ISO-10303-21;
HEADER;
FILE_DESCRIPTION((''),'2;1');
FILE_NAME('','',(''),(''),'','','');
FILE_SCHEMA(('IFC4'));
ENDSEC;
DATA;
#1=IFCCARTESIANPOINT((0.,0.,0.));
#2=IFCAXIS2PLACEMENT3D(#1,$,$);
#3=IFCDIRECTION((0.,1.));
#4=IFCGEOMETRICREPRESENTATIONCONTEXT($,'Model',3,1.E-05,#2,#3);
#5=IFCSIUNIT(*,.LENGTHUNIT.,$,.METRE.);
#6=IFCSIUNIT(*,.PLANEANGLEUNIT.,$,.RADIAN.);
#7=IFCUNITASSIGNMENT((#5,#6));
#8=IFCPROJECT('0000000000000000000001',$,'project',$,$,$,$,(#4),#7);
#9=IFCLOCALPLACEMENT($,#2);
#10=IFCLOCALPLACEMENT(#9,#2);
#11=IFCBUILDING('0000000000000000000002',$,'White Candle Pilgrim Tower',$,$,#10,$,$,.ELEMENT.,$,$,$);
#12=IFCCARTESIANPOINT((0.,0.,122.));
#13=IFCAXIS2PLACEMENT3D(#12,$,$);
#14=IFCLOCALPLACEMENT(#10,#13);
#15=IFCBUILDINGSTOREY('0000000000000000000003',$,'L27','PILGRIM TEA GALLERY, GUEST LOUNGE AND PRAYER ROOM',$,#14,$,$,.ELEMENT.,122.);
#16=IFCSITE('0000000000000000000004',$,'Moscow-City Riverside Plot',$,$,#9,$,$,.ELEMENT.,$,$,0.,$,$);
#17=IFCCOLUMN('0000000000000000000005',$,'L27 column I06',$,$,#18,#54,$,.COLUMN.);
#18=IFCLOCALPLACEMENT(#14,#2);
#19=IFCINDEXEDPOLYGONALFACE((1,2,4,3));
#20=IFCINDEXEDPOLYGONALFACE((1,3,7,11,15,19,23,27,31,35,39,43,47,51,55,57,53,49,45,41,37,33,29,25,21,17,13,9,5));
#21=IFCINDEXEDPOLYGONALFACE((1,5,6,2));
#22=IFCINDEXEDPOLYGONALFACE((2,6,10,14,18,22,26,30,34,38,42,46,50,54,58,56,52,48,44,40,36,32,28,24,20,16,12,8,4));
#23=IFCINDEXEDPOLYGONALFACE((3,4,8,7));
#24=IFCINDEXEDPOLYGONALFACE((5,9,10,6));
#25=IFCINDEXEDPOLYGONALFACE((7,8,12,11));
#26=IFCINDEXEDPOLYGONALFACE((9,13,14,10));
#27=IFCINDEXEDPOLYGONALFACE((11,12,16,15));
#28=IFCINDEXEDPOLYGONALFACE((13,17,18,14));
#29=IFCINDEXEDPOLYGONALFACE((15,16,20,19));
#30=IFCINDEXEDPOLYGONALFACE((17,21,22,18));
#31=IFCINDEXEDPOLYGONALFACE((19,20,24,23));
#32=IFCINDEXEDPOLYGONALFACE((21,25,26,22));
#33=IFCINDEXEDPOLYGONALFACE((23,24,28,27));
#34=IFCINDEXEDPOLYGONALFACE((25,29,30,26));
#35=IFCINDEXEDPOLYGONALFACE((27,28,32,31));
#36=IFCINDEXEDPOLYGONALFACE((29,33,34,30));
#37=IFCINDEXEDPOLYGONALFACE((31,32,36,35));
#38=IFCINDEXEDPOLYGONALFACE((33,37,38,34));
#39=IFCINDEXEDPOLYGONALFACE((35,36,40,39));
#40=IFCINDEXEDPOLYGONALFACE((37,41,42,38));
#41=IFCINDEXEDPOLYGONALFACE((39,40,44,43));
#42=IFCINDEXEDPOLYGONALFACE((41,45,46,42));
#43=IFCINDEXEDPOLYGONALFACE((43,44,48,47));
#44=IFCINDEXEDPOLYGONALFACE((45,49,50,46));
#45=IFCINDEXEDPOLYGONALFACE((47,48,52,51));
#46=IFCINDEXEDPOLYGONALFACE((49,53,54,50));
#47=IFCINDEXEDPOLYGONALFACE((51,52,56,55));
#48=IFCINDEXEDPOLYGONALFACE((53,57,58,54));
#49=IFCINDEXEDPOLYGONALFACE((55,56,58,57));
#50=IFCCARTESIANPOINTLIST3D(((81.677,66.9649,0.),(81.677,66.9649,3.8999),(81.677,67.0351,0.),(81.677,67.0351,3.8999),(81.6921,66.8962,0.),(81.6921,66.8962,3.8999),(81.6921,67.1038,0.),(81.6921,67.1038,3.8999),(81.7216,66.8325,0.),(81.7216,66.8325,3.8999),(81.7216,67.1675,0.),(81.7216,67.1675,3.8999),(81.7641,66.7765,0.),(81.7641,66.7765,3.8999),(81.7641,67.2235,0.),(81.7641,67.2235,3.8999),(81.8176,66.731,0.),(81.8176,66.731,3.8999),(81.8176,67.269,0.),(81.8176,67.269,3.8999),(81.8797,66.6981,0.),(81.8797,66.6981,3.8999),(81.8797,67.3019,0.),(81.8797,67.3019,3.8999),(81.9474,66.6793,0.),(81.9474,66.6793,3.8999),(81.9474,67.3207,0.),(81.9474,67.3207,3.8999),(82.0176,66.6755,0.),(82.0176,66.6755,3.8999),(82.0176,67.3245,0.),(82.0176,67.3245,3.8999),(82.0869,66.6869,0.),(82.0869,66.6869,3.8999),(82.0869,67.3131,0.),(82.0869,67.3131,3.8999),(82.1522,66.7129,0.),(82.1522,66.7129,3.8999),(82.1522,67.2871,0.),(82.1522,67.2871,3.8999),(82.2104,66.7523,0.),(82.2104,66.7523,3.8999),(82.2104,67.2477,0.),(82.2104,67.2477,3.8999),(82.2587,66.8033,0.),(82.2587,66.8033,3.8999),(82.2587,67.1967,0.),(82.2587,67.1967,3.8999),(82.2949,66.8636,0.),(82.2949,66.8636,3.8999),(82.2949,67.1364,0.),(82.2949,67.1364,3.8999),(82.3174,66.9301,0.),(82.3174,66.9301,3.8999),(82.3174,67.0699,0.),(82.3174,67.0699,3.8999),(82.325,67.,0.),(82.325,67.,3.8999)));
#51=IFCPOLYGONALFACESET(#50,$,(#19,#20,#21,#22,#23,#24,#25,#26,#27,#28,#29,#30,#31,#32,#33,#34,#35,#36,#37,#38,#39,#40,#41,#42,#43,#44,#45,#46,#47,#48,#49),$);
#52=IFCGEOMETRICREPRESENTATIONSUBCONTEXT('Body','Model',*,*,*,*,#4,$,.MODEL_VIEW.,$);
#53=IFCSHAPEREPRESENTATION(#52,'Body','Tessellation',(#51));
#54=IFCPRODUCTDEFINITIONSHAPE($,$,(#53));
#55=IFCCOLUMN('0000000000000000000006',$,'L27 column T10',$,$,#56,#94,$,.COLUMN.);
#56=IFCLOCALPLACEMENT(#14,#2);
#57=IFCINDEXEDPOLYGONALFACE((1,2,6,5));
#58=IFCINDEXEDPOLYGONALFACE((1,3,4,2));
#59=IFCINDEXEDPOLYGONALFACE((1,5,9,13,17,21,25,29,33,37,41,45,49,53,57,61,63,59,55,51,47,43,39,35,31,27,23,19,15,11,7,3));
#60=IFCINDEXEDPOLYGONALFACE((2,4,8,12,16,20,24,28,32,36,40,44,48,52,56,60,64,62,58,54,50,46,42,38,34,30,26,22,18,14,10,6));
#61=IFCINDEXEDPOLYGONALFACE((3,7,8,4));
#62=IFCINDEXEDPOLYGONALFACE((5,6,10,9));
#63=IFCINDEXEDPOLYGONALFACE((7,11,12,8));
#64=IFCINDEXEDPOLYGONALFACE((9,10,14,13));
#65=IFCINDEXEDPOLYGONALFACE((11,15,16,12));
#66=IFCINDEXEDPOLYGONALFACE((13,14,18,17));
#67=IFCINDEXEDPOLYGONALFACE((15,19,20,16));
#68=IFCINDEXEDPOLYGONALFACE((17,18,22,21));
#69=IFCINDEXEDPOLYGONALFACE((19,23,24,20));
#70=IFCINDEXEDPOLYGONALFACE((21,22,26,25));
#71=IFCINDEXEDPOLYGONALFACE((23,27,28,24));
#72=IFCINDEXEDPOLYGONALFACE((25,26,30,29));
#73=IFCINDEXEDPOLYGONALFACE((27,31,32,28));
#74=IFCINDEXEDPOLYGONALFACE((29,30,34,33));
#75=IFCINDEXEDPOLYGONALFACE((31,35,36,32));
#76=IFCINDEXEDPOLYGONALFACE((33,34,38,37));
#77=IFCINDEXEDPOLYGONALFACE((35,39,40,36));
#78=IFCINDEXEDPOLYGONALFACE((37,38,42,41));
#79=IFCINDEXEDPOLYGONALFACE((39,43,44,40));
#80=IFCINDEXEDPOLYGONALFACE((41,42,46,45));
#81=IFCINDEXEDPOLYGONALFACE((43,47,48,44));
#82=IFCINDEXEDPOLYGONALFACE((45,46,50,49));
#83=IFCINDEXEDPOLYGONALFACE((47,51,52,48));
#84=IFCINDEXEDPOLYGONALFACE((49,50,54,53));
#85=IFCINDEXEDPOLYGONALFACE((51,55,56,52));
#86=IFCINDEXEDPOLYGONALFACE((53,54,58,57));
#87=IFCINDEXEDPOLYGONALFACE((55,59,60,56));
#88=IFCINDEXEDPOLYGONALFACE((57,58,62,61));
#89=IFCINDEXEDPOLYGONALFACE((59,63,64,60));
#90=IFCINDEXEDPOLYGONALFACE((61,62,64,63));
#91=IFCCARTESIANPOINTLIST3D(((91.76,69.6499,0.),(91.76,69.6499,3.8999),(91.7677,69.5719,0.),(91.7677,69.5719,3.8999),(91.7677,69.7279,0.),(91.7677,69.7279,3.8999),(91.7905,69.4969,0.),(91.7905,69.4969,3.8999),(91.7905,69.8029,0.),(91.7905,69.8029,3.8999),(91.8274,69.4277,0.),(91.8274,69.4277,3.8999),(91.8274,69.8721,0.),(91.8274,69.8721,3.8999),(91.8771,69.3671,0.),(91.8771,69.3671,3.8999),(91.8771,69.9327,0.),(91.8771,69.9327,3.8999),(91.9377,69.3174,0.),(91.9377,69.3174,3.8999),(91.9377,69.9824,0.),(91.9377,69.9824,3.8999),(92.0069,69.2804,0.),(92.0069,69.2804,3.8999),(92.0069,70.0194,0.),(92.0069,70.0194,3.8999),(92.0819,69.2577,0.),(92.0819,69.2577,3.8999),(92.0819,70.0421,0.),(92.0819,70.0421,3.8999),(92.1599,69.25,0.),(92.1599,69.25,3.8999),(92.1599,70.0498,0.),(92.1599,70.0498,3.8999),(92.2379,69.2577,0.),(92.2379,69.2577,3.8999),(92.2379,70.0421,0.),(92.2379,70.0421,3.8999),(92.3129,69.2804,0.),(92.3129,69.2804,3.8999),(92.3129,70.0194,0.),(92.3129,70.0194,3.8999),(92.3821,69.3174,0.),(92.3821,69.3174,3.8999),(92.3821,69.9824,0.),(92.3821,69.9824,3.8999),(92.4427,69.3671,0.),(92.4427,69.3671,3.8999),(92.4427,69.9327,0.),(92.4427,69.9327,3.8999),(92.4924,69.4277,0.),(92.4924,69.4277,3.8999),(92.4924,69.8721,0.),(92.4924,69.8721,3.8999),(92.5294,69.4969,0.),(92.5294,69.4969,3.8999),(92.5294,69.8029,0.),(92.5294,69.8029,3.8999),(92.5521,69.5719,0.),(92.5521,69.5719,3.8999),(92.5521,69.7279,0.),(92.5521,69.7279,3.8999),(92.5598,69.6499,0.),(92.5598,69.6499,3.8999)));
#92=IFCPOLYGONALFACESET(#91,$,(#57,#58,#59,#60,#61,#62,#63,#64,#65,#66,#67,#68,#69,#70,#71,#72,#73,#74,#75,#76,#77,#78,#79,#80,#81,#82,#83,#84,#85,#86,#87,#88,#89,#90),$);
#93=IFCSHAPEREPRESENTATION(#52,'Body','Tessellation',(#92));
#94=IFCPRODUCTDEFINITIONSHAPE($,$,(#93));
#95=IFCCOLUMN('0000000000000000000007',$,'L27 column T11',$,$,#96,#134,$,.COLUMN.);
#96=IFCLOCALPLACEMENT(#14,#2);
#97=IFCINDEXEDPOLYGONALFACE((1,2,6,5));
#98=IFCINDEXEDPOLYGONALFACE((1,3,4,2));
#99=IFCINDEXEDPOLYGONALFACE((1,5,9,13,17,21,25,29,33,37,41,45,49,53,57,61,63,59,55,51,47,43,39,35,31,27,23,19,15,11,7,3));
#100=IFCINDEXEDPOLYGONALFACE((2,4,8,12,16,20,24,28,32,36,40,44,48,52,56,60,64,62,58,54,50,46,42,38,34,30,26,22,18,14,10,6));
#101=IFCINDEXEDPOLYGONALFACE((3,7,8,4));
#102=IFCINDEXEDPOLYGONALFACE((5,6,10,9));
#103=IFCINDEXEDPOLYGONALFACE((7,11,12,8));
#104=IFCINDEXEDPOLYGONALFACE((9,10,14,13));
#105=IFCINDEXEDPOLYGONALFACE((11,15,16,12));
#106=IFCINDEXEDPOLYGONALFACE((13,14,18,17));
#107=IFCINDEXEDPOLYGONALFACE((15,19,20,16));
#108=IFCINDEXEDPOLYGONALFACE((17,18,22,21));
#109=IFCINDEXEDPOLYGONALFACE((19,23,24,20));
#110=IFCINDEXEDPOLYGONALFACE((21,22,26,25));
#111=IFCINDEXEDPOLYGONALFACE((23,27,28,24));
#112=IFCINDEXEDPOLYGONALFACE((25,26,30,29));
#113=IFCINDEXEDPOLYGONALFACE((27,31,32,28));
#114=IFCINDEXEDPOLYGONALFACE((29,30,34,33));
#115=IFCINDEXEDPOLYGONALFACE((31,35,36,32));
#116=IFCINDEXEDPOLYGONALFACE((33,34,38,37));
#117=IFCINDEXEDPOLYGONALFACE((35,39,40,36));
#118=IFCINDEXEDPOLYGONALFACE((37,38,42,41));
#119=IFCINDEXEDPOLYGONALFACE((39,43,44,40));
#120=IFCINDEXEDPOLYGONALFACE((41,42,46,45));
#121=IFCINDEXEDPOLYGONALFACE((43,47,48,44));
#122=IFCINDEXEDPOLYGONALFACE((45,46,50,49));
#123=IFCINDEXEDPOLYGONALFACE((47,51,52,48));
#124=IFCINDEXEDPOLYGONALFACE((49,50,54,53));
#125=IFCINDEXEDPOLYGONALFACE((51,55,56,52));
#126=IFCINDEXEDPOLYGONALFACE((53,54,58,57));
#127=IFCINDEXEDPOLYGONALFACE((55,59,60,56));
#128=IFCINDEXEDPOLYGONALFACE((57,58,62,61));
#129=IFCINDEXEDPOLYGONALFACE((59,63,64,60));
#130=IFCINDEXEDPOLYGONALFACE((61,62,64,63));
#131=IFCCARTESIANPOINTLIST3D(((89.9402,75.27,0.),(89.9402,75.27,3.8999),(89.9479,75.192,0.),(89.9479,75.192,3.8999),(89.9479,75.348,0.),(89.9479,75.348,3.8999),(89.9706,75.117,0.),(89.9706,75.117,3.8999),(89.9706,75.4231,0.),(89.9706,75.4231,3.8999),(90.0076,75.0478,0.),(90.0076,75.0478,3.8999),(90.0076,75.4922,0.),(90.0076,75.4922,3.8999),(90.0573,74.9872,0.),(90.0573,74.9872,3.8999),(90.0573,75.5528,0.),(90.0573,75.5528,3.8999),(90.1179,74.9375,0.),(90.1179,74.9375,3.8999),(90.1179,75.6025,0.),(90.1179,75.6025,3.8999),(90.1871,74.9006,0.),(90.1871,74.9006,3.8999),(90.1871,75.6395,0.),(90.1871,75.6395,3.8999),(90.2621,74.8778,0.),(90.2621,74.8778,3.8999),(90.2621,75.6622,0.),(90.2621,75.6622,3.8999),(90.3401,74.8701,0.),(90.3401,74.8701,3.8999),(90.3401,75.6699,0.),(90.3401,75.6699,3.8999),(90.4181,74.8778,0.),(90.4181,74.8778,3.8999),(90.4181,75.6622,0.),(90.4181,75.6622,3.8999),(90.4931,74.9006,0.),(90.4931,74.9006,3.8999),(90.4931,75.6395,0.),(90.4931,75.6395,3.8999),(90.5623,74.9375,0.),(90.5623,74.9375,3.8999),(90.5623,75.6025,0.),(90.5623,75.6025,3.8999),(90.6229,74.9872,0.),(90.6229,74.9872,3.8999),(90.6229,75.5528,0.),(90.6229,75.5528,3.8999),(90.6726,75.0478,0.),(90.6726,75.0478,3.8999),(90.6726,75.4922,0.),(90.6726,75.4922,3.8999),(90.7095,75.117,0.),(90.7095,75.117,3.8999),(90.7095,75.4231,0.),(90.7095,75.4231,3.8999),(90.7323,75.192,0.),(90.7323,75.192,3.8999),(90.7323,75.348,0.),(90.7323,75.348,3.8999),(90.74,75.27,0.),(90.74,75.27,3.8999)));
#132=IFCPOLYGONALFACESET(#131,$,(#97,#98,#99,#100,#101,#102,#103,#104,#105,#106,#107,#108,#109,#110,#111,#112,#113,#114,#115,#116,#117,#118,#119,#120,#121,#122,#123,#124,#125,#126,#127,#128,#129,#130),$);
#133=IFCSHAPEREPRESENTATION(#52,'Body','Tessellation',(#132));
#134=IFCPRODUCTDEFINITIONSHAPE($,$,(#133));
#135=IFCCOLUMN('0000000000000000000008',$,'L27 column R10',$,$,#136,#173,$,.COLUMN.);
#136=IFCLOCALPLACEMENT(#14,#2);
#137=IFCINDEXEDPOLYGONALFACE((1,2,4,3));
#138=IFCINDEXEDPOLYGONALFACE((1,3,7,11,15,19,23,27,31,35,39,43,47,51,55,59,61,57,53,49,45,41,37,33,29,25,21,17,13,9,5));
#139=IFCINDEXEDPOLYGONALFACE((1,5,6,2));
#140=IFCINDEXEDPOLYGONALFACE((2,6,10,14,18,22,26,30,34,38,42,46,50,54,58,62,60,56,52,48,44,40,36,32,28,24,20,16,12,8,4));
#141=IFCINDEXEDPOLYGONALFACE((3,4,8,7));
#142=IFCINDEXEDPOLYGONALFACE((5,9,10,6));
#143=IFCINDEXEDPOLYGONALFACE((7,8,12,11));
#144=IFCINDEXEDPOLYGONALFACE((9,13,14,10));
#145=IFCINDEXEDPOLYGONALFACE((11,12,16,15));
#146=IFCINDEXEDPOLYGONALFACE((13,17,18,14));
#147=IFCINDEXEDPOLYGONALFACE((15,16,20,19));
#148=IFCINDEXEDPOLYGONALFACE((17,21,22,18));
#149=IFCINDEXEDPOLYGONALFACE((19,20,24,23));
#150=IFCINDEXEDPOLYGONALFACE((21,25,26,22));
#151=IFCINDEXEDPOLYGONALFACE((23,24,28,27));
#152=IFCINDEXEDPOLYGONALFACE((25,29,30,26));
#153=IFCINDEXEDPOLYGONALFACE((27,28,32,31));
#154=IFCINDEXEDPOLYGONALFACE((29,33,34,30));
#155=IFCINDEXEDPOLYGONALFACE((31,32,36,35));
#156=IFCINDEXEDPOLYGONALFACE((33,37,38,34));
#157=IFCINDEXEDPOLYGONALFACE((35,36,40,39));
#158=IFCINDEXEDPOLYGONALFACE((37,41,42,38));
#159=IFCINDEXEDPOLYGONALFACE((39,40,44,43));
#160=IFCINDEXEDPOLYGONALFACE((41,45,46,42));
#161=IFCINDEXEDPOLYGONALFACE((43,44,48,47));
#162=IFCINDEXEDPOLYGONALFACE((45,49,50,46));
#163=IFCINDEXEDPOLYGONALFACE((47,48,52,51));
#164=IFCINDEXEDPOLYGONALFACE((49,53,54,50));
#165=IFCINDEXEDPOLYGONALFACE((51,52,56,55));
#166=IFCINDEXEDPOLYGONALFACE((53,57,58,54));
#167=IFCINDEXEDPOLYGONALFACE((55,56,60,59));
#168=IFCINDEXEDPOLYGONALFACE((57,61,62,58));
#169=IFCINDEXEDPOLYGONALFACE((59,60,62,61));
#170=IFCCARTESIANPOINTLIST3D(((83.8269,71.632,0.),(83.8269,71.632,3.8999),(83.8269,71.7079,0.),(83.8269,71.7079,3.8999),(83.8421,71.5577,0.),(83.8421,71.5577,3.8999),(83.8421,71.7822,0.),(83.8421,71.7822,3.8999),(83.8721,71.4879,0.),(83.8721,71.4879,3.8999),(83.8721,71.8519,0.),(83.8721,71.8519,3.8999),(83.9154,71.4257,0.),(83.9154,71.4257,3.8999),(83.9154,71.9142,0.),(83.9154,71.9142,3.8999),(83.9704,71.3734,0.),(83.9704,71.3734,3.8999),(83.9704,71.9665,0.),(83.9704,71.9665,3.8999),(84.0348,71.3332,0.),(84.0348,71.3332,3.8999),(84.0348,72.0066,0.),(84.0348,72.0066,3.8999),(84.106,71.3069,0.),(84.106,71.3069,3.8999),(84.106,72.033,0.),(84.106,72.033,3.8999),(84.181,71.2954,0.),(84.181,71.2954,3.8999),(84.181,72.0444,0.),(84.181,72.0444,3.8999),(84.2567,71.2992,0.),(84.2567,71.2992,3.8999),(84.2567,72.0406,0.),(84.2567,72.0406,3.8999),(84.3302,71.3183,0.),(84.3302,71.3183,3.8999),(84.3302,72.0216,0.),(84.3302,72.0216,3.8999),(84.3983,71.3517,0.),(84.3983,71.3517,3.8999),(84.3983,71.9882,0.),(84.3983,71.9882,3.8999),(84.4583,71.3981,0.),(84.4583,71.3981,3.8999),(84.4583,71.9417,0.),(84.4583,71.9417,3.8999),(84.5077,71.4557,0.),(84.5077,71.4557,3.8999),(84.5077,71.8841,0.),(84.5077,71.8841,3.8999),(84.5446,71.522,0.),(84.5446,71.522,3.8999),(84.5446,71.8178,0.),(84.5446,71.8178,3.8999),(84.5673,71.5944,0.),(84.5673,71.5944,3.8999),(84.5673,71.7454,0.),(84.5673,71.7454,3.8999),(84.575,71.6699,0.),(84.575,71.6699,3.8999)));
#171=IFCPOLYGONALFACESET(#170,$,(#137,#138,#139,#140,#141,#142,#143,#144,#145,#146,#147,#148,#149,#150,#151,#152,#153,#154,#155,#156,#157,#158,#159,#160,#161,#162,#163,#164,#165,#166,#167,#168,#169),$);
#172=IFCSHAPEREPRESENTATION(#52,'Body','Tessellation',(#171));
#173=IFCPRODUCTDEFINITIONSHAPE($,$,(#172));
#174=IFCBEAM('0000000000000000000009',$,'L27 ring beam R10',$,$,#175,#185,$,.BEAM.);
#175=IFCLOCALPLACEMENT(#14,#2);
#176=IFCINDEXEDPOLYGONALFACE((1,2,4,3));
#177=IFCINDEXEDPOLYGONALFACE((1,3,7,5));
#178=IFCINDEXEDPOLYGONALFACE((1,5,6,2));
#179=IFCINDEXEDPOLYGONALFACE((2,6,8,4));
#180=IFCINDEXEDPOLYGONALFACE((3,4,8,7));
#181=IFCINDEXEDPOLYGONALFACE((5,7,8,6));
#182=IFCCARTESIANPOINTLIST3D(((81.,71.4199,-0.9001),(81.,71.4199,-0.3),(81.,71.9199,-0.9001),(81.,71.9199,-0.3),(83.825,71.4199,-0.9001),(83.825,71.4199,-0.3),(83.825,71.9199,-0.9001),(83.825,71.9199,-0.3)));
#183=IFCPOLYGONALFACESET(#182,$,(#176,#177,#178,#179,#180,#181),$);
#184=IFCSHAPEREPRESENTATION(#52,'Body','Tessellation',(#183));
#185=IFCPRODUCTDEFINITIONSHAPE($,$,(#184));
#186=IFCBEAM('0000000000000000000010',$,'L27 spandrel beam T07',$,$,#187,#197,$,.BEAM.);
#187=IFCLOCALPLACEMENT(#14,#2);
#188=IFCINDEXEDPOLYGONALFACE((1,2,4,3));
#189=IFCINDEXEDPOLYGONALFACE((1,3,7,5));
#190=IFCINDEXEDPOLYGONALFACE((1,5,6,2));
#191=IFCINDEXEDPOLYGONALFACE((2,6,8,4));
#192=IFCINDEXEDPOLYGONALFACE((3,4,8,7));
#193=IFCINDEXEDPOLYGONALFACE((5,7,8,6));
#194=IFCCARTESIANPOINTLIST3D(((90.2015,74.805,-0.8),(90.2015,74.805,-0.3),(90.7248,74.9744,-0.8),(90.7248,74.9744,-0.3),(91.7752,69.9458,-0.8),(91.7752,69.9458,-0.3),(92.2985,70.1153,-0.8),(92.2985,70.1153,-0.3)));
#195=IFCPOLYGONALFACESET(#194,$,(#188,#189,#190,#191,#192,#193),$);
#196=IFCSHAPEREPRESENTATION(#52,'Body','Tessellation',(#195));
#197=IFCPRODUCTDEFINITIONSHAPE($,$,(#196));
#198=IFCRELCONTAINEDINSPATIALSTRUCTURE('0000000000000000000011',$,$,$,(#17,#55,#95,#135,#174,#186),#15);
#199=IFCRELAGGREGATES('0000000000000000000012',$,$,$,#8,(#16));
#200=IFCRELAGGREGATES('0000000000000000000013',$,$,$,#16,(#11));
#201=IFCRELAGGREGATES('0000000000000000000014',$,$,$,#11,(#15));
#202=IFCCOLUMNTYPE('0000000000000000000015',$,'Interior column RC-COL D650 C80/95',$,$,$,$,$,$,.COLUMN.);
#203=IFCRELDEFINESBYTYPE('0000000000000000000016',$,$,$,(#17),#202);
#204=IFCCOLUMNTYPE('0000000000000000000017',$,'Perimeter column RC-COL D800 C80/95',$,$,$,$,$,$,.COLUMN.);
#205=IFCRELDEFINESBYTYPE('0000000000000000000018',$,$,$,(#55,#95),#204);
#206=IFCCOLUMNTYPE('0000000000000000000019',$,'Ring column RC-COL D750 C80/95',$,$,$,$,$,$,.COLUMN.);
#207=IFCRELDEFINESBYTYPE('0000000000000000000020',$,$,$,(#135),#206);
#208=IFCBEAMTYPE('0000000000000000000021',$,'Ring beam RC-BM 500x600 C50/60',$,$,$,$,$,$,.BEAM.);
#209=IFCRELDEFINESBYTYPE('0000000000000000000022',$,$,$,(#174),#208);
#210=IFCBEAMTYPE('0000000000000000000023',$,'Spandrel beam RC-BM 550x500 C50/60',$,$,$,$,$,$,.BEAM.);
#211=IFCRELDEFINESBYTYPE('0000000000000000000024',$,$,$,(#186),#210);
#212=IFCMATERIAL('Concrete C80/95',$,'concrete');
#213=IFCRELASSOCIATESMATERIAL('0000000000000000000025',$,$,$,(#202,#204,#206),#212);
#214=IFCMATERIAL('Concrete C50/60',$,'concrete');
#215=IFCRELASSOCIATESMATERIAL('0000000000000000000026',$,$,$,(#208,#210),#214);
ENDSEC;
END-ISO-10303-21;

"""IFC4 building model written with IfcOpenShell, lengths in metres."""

from ifc_helpers import new_model, si_unit, direction, frame, origin, origin_2d, place, context, subcontext, project, spatial, rectangle, circle, extrude, material, material_profile, profile_set, type_object, element, save


model = new_model("IFC4")

# Units and contexts
model_context = context("Model", 3, precision=1e-05, world=origin(), true_north=direction((0.0, 1.0)))
body_context = subcontext(model_context, "Body", "Model", "MODEL_VIEW")
ifc_project = project(units=[si_unit("LENGTHUNIT", "METRE"), si_unit("PLANEANGLEUNIT", "RADIAN")], contexts=[model_context])

# Site, building, storey
site_placement = place(None, origin())
site = spatial("IfcSite", under=ifc_project, at=site_placement, Name="Moscow-City Riverside Plot", CompositionType="ELEMENT", RefElevation=0.0)
building_placement = place(site_placement, origin())
building = spatial("IfcBuilding", under=site, at=building_placement, Name="White Candle Pilgrim Tower", CompositionType="ELEMENT")
storey_placement = place(building_placement, frame((0.0, 0.0, 122.0)))
storey = spatial("IfcBuildingStorey", under=building, at=storey_placement, Name="L27", Description="PILGRIM TEA GALLERY, GUEST LOUNGE AND PRAYER ROOM", CompositionType="ELEMENT", Elevation=122.0)

# Columns
ifc_material_1 = material(Name="Concrete C80/95", Category="concrete")
ifc_material_profile_1 = material_profile(ifc_material_1, circle(Radius=0.325, at=origin_2d()), Name="RC-COL D650")
ifc_profile_set_1 = profile_set([ifc_material_profile_1], Name="Concrete C80/95")
column_type_1 = type_object("IfcColumnType", Name="Interior column RC-COL D650 C80/95", PredefinedType="COLUMN", material=ifc_profile_set_1)
column_1_placement = place(storey_placement, frame((82.0, 67.0, 0.0), z_axis=(0.0, 0.0, 1.0), x_axis=(1.0, 0.0, 0.0)))
element("IfcColumn", 1, at=column_1_placement, inside=storey, type_object=column_type_1, Name="L27 column I06", PredefinedType="COLUMN", context=body_context, shape_type="SweptSolid", body=[
    extrude(circle(Radius=0.325, at=origin_2d()), origin(), (0.0, 0.0, 1.0), 3.8999),
])
ifc_material_profile_2 = material_profile(ifc_material_1, circle(Radius=0.3999, at=origin_2d()), Name="RC-COL D800")
ifc_profile_set_2 = profile_set([ifc_material_profile_2], Name="Concrete C80/95")
column_type_2 = type_object("IfcColumnType", Name="Perimeter column RC-COL D800 C80/95", PredefinedType="COLUMN", material=ifc_profile_set_2)
for number, where, z_axis, x_axis, name in (
    (2, (92.1599, 69.6499, 0.0), (0.0, 0.0, 1.0), (1.0, 0.0, 0.0), "L27 column T10"),
    (3, (90.3401, 75.27, 0.0), (0.0, 0.0, 1.0), (1.0, 0.0, 0.0), "L27 column T11"),
):
    element("IfcColumn", number, at=place(storey_placement, frame(where, z_axis=z_axis, x_axis=x_axis)), inside=storey, type_object=column_type_2, Name=name, PredefinedType="COLUMN", context=body_context, shape_type="SweptSolid", body=[
        extrude(circle(Radius=0.3999, at=origin_2d()), origin(), (0.0, 0.0, 1.0), 3.8999),
    ])
ifc_material_profile_3 = material_profile(ifc_material_1, circle(Radius=0.375, at=origin_2d()), Name="RC-COL D750")
ifc_profile_set_3 = profile_set([ifc_material_profile_3], Name="Concrete C80/95")
column_type_3 = type_object("IfcColumnType", Name="Ring column RC-COL D750 C80/95", PredefinedType="COLUMN", material=ifc_profile_set_3)
column_2_placement = place(storey_placement, frame((84.2, 71.6699, 0.0), z_axis=(0.0, 0.0, 1.0), x_axis=(1.0, 0.0, 0.0)))
element("IfcColumn", 4, at=column_2_placement, inside=storey, type_object=column_type_3, Name="L27 column R10", PredefinedType="COLUMN", context=body_context, shape_type="SweptSolid", body=[
    extrude(circle(Radius=0.375, at=origin_2d()), origin(), (0.0, 0.0, 1.0), 3.8999),
])

# Beams
ifc_material_2 = material(Name="Concrete C50/60", Category="concrete")
ifc_material_profile_4 = material_profile(ifc_material_2, rectangle(XDim=0.5, YDim=0.6001, at=origin_2d()), Name="RC-BM 500x600")
ifc_profile_set_4 = profile_set([ifc_material_profile_4], Name="Concrete C50/60")
beam_type_1 = type_object("IfcBeamType", Name="Ring beam RC-BM 500x600 C50/60", PredefinedType="BEAM", material=ifc_profile_set_4)
beam_1_placement = place(storey_placement, frame((83.825, 71.6699, -0.6001), z_axis=(-1.0, 0.0, 0.0), x_axis=(0.0, -1.0, 0.0)))
element("IfcBeam", 5, at=beam_1_placement, inside=storey, type_object=beam_type_1, Name="L27 ring beam R10", PredefinedType="BEAM", context=body_context, shape_type="SweptSolid", body=[
    extrude(rectangle(XDim=0.5, YDim=0.6001, at=origin_2d()), origin(), (0.0, 0.0, 1.0), 2.825),
])
ifc_material_profile_5 = material_profile(ifc_material_2, rectangle(XDim=0.55, YDim=0.5, at=origin_2d()), Name="RC-BM 550x500")
ifc_profile_set_5 = profile_set([ifc_material_profile_5], Name="Concrete C50/60")
beam_type_2 = type_object("IfcBeamType", Name="Spandrel beam RC-BM 550x500 C50/60", PredefinedType="BEAM", material=ifc_profile_set_5)
beam_2_placement = place(storey_placement, frame((92.0369, 70.0305, -0.55), z_axis=(-0.308114, 0.951349, 0.0), x_axis=(-0.951349, -0.308114, 0.0)))
element("IfcBeam", 6, at=beam_2_placement, inside=storey, type_object=beam_type_2, Name="L27 spandrel beam T07", PredefinedType="BEAM", context=body_context, shape_type="SweptSolid", body=[
    extrude(rectangle(XDim=0.55, YDim=0.5, at=origin_2d()), origin(), (0.0, 0.0, 1.0), 5.1077),
])

save(model, "model.ifc")
